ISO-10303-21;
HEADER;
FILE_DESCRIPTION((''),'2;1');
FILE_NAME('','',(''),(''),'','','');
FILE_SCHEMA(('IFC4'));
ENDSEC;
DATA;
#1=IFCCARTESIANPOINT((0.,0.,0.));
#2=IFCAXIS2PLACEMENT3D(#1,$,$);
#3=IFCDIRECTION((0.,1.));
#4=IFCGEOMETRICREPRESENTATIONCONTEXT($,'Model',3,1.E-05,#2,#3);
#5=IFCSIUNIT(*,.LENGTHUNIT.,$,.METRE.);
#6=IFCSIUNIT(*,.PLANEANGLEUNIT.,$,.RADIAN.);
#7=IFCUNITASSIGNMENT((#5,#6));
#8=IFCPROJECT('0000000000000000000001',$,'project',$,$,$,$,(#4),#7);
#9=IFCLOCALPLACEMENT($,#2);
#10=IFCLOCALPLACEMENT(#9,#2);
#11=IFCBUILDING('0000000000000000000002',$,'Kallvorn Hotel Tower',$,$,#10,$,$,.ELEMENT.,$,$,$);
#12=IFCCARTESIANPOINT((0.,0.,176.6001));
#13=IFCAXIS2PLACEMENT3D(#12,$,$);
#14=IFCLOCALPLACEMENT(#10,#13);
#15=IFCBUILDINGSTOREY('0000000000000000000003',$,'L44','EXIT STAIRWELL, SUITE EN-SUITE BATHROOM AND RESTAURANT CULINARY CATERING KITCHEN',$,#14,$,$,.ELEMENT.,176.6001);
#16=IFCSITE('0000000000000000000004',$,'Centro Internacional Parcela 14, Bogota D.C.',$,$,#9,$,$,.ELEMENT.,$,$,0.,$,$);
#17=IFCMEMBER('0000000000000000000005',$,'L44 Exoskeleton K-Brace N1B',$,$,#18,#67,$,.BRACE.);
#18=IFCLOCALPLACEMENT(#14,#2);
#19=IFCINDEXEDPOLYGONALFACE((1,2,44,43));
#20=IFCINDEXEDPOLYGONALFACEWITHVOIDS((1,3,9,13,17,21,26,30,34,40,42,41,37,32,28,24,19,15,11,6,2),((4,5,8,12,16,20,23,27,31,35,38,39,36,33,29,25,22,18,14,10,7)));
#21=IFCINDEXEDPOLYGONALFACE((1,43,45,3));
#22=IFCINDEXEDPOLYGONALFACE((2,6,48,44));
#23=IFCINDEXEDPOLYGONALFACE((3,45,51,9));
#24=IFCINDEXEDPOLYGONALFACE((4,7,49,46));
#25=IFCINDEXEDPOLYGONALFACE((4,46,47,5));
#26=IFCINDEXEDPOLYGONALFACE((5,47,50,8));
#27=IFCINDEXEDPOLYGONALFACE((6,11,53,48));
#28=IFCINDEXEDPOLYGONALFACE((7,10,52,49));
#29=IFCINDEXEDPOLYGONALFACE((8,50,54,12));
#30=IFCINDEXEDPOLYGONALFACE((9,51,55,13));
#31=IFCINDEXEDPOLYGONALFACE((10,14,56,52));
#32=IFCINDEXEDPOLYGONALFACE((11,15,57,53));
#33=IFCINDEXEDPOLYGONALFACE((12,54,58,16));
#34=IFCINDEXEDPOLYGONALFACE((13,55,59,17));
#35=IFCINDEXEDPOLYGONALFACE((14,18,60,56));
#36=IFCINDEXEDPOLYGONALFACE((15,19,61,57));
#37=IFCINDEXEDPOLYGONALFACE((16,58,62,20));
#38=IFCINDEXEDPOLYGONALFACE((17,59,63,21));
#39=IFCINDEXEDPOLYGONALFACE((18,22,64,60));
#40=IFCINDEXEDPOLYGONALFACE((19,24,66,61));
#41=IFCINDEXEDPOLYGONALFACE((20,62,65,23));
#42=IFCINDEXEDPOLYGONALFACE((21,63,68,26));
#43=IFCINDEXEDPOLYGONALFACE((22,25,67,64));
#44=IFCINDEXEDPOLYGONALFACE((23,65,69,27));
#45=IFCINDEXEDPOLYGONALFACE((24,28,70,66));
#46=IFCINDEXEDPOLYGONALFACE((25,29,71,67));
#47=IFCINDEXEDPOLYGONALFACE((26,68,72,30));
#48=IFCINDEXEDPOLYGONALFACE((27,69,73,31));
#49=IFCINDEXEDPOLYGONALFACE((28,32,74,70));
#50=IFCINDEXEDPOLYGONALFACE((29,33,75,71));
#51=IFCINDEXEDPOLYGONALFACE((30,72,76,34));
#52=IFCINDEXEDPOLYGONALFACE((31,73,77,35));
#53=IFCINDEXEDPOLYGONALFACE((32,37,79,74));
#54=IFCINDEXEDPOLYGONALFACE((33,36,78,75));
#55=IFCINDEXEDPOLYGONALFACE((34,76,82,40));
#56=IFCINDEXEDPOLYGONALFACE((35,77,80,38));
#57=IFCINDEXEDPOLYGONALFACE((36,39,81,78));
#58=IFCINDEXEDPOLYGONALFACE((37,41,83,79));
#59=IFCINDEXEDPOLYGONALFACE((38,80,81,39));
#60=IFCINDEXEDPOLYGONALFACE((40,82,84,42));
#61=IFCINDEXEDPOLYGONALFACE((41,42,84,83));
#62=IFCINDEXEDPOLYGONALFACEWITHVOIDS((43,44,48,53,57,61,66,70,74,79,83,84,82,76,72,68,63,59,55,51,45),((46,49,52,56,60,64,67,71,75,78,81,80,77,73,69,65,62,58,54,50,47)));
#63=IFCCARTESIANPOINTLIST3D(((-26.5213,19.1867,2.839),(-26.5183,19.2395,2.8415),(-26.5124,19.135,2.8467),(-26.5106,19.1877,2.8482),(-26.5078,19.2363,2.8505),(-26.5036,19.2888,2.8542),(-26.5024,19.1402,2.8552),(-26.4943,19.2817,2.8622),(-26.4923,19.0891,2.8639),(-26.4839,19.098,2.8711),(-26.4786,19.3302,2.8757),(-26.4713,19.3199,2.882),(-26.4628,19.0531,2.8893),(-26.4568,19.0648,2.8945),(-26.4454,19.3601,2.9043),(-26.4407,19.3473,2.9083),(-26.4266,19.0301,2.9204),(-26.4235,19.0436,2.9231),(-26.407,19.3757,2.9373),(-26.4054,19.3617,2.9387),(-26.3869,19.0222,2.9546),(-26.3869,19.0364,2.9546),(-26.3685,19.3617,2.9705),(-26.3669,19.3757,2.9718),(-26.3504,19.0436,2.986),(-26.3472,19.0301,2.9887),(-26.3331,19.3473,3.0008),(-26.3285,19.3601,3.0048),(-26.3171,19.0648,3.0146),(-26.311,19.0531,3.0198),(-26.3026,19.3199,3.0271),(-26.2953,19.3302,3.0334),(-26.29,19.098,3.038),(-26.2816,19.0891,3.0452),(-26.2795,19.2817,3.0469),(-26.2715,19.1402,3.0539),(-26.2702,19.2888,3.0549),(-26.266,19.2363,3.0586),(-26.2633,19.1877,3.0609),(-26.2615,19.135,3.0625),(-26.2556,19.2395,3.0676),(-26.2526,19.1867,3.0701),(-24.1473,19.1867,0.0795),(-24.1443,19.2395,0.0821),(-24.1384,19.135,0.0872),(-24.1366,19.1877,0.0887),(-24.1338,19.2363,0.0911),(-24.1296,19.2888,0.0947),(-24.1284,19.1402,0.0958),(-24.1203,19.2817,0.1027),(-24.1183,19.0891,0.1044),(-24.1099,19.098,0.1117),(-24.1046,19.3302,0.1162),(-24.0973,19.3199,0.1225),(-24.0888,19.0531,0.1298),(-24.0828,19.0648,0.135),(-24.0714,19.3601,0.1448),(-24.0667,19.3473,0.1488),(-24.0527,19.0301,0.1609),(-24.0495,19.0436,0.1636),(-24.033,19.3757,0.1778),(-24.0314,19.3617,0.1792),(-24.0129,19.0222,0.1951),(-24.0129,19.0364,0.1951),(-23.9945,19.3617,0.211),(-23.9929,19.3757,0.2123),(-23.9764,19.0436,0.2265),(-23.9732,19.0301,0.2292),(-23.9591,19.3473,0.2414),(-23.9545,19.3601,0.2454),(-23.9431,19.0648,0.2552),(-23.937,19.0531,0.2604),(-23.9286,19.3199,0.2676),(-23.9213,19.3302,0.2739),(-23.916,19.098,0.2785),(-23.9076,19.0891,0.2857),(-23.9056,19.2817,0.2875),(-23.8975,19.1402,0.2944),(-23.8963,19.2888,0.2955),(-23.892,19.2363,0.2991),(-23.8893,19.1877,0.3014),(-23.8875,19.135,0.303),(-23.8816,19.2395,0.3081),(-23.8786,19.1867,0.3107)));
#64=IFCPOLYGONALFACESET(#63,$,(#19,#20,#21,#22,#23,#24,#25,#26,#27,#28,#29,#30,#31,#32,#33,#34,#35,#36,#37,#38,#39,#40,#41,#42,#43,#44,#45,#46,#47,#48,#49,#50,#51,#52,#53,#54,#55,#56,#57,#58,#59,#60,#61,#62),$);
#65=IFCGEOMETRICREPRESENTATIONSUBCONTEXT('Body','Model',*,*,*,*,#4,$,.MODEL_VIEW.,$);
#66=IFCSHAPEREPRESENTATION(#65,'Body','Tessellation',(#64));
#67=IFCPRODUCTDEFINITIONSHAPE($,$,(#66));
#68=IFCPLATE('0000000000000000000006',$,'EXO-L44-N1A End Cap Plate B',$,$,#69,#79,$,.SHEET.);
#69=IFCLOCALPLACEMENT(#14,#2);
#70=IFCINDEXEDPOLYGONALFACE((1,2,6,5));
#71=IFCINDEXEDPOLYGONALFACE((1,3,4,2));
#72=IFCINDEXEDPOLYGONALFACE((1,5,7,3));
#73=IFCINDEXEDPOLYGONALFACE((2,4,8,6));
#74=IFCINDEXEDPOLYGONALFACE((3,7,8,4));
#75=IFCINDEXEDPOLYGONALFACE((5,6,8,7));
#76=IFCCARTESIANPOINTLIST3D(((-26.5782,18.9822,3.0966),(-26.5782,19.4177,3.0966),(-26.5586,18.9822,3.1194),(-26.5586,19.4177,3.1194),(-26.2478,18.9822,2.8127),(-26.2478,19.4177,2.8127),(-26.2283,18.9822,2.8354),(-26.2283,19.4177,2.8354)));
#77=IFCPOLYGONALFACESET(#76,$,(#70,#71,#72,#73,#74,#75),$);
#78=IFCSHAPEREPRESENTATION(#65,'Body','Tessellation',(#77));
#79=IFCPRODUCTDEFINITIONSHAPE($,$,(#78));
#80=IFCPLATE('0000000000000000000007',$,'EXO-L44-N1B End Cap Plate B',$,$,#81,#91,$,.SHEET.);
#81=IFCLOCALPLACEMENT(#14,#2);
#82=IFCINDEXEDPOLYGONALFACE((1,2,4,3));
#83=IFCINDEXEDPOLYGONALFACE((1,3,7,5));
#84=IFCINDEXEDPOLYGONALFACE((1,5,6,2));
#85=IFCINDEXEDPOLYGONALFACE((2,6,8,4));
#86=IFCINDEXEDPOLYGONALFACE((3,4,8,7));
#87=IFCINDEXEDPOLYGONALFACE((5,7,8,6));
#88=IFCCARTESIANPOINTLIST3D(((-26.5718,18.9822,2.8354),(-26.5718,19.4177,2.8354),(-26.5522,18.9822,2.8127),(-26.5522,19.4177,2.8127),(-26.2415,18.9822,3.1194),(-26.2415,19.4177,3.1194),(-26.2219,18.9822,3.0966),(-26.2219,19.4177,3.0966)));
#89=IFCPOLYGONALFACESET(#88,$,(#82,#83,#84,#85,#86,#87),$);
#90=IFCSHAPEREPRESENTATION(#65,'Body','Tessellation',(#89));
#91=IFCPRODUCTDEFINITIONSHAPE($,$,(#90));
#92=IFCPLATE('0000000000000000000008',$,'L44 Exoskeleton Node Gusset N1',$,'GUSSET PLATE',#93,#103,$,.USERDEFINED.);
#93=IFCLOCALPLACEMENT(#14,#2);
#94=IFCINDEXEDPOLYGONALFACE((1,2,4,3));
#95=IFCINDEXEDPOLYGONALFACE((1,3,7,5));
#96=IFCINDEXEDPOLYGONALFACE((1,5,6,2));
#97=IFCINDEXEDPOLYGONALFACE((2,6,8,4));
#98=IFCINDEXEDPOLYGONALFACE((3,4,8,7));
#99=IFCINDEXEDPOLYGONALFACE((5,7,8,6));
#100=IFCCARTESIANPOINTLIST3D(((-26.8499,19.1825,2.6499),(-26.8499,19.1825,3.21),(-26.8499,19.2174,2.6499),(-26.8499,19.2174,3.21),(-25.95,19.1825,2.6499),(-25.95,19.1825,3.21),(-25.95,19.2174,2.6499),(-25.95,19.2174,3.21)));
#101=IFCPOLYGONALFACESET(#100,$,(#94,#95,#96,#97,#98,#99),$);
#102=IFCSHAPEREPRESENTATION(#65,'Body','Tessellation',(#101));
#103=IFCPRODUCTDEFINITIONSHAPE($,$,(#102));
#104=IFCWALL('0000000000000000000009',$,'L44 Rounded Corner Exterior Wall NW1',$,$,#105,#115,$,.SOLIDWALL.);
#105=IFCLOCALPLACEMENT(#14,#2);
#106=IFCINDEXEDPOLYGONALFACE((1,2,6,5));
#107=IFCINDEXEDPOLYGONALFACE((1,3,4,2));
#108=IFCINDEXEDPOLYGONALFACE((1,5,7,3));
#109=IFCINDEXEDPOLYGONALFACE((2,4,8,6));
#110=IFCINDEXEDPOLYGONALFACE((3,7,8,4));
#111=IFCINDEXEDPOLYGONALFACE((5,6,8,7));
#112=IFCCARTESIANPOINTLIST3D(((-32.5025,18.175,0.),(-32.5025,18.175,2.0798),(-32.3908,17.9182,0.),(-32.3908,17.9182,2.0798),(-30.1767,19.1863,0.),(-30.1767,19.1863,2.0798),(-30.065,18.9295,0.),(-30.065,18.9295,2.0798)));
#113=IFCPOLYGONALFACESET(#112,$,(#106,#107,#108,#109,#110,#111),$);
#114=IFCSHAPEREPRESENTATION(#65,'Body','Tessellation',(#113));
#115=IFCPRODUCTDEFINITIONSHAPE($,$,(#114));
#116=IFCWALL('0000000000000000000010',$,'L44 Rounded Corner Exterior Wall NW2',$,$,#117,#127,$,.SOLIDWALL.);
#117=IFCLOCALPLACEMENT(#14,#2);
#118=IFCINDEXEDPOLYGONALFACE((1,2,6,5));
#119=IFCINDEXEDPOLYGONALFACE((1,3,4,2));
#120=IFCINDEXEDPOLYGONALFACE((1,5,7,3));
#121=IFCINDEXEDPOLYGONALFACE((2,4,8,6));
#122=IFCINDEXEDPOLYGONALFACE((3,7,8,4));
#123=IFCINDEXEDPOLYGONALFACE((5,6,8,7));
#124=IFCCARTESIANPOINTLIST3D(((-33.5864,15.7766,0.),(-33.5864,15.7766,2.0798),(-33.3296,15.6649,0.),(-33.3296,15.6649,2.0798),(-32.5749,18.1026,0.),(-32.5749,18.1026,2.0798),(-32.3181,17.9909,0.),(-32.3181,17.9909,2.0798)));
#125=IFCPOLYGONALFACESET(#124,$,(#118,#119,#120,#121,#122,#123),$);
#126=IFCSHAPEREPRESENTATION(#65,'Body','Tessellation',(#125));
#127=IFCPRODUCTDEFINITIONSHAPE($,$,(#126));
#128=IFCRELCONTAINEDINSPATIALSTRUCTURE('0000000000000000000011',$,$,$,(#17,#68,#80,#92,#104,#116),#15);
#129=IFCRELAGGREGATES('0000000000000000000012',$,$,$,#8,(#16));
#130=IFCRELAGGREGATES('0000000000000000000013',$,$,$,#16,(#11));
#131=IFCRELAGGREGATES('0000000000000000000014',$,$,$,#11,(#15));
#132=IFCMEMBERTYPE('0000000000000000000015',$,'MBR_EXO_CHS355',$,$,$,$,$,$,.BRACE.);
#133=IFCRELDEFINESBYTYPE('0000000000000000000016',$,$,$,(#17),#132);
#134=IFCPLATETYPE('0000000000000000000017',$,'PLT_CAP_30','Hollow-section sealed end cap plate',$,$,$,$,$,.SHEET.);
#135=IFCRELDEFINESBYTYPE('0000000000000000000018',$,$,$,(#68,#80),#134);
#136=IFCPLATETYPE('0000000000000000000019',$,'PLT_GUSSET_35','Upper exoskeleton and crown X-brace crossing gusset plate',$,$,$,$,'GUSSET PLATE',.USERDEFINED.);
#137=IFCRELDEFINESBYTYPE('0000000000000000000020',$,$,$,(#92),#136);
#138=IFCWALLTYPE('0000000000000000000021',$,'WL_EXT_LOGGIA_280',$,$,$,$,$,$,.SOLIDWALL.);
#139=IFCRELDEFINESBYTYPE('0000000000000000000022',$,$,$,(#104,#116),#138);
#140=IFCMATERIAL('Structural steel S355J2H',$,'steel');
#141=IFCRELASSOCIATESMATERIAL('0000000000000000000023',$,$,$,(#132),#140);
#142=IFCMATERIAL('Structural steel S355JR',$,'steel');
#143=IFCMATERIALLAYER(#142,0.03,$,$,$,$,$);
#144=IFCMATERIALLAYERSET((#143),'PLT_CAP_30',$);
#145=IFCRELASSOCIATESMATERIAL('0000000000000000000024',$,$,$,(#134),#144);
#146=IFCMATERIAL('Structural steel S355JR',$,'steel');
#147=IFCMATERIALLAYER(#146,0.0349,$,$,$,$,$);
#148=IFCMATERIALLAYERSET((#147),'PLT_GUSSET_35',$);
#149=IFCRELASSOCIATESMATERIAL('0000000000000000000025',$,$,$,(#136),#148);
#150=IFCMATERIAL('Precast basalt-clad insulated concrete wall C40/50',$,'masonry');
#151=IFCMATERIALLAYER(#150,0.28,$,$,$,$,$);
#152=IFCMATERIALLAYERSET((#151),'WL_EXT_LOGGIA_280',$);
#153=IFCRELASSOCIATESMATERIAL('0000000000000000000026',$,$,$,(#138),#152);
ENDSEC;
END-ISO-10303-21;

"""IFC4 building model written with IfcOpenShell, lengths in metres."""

from ifc_helpers import new_model, si_unit, direction, frame, frame_2d, origin, origin_2d, place, context, subcontext, project, spatial, polyline, rectangle, hollow_circle, outline, extrude, material, layer, layer_set, material_profile, profile_set, type_object, element, save


model = new_model("IFC4")

# Units and contexts
model_context = context("Model", 3, precision=1e-05, world=origin(), true_north=direction((0.0, 1.0)))
body_context = subcontext(model_context, "Body", "Model", "MODEL_VIEW")
ifc_project = project(units=[si_unit("LENGTHUNIT", "METRE"), si_unit("PLANEANGLEUNIT", "RADIAN")], contexts=[model_context])

# Site, building, storey
site_placement = place(None, origin())
site = spatial("IfcSite", under=ifc_project, at=site_placement, Name="Centro Internacional Parcela 14, Bogota D.C.", CompositionType="ELEMENT", RefElevation=0.0)
building_placement = place(site_placement, origin())
building = spatial("IfcBuilding", under=site, at=building_placement, Name="Kallvorn Hotel Tower", CompositionType="ELEMENT")
storey_placement = place(building_placement, frame((0.0, 0.0, 176.6001)))
storey = spatial("IfcBuildingStorey", under=building, at=storey_placement, Name="L44", Description="EXIT STAIRWELL, SUITE EN-SUITE BATHROOM AND RESTAURANT CULINARY CATERING KITCHEN", CompositionType="ELEMENT", Elevation=176.6001)

# Member
ifc_material_1 = material(Name="Structural steel S355J2H", Category="steel")
ifc_material_profile_1 = material_profile(ifc_material_1, hollow_circle(Radius=0.1777, WallThickness=0.0142, at=origin_2d()), Name="CHS 355.6x14.2")
ifc_profile_set_1 = profile_set([ifc_material_profile_1], Name="Structural steel S355J2H")
member_type_1 = type_object("IfcMemberType", Name="MBR_EXO_CHS355", PredefinedType="BRACE", material=ifc_profile_set_1)
for number, where, z_axis, x_axis, name in (
    (1, (-24.0129, 19.2, 0.1951), (-0.652171, 0.0, 0.758072), (0.0, -1.0, 0.0), "L44 Exoskeleton K-Brace N1B"),
):
    element("IfcMember", number, at=place(storey_placement, frame(where, z_axis=z_axis, x_axis=x_axis)), inside=storey, type_object=member_type_1, Name=name, PredefinedType="BRACE", context=body_context, shape_type="SweptSolid", body=[
        extrude(hollow_circle(Radius=0.1777, WallThickness=0.0142, at=origin_2d()), origin(), (0.0, 0.0, 1.0), 3.6401),
    ])

# Plates
ifc_material_2 = material(Name="Structural steel S355JR", Category="steel")
ifc_layer_1 = layer(ifc_material_2, 0.03)
ifc_layer_set_1 = layer_set([ifc_layer_1], Name="PLT_CAP_30")
plate_type_1 = type_object("IfcPlateType", Name="PLT_CAP_30", Description="Hollow-section sealed end cap plate", PredefinedType="SHEET", material=ifc_layer_set_1)
for number, where, z_axis, x_axis, name in (
    (2, (-26.2283, 18.9822, 2.8354), (0.651852, 0.0, 0.758346), (0.0, 1.0, 0.0), "EXO-L44-N1A End Cap Plate B"),
    (3, (-26.5718, 19.4177, 2.8354), (-0.651852, 0.0, 0.758346), (0.0, -1.0, 0.0), "EXO-L44-N1B End Cap Plate B"),
):
    element("IfcPlate", number, at=place(storey_placement, frame(where, z_axis=z_axis, x_axis=x_axis)), inside=storey, type_object=plate_type_1, Name=name, PredefinedType="SHEET", context=body_context, shape_type="SweptSolid", body=[
        extrude(outline(polyline([(0.0, 0.0), (0.4355, 0.0), (0.4355, 0.4356), (0.0, 0.4356), (0.0, 0.0)])), origin(), (0.0, 0.0, -1.0), 0.03),
    ])
ifc_material_3 = material(Name="Structural steel S355JR", Category="steel")
ifc_layer_2 = layer(ifc_material_3, 0.0349)
ifc_layer_set_2 = layer_set([ifc_layer_2], Name="PLT_GUSSET_35")
plate_type_2 = type_object("IfcPlateType", Name="PLT_GUSSET_35", Description="Upper exoskeleton and crown X-brace crossing gusset plate", ElementType="GUSSET PLATE", PredefinedType="USERDEFINED", material=ifc_layer_set_2)
plate_placement = place(storey_placement, frame((-26.3999, 19.2, 2.6499), z_axis=(0.0, 0.0, 1.0), x_axis=(1.0, 0.0, 0.0)))
element("IfcPlate", 4, at=plate_placement, inside=storey, type_object=plate_type_2, Name="L44 Exoskeleton Node Gusset N1", ObjectType="GUSSET PLATE", PredefinedType="USERDEFINED", context=body_context, shape_type="SweptSolid", body=[
    extrude(rectangle(XDim=0.8999, YDim=0.0349, at=origin_2d()), origin(), (0.0, 0.0, 1.0), 0.5601),
])

# Walls
ifc_material_4 = material(Name="Precast basalt-clad insulated concrete wall C40/50", Category="masonry")
ifc_layer_3 = layer(ifc_material_4, 0.28)
ifc_layer_set_3 = layer_set([ifc_layer_3], Name="WL_EXT_LOGGIA_280")
wall_type = type_object("IfcWallType", Name="WL_EXT_LOGGIA_280", PredefinedType="SOLIDWALL", material=ifc_layer_set_3)
wall_1_placement = place(storey_placement, frame((-30.1208, 19.0579, 0.0), z_axis=(0.0, 0.0, 1.0), x_axis=(-0.917061, -0.398747, 0.0)))
element("IfcWall", 5, at=wall_1_placement, inside=storey, type_object=wall_type, Name="L44 Rounded Corner Exterior Wall NW1", PredefinedType="SOLIDWALL", context=body_context, shape_type="SweptSolid", body=[
    extrude(rectangle(XDim=2.5361, YDim=0.28, at=frame_2d((1.2681, 0.0))), origin(), (0.0, 0.0, 1.0), 2.0798),
])
wall_2_placement = place(storey_placement, frame((-32.4465, 18.0466, 0.0), z_axis=(0.0, 0.0, 1.0), x_axis=(-0.398793, -0.917041, 0.0)))
element("IfcWall", 6, at=wall_2_placement, inside=storey, type_object=wall_type, Name="L44 Rounded Corner Exterior Wall NW2", PredefinedType="SOLIDWALL", context=body_context, shape_type="SweptSolid", body=[
    extrude(rectangle(XDim=2.5364, YDim=0.28, at=frame_2d((1.2681, 0.0))), origin(), (0.0, 0.0, 1.0), 2.0798),
])

save(model, "model.ifc")
